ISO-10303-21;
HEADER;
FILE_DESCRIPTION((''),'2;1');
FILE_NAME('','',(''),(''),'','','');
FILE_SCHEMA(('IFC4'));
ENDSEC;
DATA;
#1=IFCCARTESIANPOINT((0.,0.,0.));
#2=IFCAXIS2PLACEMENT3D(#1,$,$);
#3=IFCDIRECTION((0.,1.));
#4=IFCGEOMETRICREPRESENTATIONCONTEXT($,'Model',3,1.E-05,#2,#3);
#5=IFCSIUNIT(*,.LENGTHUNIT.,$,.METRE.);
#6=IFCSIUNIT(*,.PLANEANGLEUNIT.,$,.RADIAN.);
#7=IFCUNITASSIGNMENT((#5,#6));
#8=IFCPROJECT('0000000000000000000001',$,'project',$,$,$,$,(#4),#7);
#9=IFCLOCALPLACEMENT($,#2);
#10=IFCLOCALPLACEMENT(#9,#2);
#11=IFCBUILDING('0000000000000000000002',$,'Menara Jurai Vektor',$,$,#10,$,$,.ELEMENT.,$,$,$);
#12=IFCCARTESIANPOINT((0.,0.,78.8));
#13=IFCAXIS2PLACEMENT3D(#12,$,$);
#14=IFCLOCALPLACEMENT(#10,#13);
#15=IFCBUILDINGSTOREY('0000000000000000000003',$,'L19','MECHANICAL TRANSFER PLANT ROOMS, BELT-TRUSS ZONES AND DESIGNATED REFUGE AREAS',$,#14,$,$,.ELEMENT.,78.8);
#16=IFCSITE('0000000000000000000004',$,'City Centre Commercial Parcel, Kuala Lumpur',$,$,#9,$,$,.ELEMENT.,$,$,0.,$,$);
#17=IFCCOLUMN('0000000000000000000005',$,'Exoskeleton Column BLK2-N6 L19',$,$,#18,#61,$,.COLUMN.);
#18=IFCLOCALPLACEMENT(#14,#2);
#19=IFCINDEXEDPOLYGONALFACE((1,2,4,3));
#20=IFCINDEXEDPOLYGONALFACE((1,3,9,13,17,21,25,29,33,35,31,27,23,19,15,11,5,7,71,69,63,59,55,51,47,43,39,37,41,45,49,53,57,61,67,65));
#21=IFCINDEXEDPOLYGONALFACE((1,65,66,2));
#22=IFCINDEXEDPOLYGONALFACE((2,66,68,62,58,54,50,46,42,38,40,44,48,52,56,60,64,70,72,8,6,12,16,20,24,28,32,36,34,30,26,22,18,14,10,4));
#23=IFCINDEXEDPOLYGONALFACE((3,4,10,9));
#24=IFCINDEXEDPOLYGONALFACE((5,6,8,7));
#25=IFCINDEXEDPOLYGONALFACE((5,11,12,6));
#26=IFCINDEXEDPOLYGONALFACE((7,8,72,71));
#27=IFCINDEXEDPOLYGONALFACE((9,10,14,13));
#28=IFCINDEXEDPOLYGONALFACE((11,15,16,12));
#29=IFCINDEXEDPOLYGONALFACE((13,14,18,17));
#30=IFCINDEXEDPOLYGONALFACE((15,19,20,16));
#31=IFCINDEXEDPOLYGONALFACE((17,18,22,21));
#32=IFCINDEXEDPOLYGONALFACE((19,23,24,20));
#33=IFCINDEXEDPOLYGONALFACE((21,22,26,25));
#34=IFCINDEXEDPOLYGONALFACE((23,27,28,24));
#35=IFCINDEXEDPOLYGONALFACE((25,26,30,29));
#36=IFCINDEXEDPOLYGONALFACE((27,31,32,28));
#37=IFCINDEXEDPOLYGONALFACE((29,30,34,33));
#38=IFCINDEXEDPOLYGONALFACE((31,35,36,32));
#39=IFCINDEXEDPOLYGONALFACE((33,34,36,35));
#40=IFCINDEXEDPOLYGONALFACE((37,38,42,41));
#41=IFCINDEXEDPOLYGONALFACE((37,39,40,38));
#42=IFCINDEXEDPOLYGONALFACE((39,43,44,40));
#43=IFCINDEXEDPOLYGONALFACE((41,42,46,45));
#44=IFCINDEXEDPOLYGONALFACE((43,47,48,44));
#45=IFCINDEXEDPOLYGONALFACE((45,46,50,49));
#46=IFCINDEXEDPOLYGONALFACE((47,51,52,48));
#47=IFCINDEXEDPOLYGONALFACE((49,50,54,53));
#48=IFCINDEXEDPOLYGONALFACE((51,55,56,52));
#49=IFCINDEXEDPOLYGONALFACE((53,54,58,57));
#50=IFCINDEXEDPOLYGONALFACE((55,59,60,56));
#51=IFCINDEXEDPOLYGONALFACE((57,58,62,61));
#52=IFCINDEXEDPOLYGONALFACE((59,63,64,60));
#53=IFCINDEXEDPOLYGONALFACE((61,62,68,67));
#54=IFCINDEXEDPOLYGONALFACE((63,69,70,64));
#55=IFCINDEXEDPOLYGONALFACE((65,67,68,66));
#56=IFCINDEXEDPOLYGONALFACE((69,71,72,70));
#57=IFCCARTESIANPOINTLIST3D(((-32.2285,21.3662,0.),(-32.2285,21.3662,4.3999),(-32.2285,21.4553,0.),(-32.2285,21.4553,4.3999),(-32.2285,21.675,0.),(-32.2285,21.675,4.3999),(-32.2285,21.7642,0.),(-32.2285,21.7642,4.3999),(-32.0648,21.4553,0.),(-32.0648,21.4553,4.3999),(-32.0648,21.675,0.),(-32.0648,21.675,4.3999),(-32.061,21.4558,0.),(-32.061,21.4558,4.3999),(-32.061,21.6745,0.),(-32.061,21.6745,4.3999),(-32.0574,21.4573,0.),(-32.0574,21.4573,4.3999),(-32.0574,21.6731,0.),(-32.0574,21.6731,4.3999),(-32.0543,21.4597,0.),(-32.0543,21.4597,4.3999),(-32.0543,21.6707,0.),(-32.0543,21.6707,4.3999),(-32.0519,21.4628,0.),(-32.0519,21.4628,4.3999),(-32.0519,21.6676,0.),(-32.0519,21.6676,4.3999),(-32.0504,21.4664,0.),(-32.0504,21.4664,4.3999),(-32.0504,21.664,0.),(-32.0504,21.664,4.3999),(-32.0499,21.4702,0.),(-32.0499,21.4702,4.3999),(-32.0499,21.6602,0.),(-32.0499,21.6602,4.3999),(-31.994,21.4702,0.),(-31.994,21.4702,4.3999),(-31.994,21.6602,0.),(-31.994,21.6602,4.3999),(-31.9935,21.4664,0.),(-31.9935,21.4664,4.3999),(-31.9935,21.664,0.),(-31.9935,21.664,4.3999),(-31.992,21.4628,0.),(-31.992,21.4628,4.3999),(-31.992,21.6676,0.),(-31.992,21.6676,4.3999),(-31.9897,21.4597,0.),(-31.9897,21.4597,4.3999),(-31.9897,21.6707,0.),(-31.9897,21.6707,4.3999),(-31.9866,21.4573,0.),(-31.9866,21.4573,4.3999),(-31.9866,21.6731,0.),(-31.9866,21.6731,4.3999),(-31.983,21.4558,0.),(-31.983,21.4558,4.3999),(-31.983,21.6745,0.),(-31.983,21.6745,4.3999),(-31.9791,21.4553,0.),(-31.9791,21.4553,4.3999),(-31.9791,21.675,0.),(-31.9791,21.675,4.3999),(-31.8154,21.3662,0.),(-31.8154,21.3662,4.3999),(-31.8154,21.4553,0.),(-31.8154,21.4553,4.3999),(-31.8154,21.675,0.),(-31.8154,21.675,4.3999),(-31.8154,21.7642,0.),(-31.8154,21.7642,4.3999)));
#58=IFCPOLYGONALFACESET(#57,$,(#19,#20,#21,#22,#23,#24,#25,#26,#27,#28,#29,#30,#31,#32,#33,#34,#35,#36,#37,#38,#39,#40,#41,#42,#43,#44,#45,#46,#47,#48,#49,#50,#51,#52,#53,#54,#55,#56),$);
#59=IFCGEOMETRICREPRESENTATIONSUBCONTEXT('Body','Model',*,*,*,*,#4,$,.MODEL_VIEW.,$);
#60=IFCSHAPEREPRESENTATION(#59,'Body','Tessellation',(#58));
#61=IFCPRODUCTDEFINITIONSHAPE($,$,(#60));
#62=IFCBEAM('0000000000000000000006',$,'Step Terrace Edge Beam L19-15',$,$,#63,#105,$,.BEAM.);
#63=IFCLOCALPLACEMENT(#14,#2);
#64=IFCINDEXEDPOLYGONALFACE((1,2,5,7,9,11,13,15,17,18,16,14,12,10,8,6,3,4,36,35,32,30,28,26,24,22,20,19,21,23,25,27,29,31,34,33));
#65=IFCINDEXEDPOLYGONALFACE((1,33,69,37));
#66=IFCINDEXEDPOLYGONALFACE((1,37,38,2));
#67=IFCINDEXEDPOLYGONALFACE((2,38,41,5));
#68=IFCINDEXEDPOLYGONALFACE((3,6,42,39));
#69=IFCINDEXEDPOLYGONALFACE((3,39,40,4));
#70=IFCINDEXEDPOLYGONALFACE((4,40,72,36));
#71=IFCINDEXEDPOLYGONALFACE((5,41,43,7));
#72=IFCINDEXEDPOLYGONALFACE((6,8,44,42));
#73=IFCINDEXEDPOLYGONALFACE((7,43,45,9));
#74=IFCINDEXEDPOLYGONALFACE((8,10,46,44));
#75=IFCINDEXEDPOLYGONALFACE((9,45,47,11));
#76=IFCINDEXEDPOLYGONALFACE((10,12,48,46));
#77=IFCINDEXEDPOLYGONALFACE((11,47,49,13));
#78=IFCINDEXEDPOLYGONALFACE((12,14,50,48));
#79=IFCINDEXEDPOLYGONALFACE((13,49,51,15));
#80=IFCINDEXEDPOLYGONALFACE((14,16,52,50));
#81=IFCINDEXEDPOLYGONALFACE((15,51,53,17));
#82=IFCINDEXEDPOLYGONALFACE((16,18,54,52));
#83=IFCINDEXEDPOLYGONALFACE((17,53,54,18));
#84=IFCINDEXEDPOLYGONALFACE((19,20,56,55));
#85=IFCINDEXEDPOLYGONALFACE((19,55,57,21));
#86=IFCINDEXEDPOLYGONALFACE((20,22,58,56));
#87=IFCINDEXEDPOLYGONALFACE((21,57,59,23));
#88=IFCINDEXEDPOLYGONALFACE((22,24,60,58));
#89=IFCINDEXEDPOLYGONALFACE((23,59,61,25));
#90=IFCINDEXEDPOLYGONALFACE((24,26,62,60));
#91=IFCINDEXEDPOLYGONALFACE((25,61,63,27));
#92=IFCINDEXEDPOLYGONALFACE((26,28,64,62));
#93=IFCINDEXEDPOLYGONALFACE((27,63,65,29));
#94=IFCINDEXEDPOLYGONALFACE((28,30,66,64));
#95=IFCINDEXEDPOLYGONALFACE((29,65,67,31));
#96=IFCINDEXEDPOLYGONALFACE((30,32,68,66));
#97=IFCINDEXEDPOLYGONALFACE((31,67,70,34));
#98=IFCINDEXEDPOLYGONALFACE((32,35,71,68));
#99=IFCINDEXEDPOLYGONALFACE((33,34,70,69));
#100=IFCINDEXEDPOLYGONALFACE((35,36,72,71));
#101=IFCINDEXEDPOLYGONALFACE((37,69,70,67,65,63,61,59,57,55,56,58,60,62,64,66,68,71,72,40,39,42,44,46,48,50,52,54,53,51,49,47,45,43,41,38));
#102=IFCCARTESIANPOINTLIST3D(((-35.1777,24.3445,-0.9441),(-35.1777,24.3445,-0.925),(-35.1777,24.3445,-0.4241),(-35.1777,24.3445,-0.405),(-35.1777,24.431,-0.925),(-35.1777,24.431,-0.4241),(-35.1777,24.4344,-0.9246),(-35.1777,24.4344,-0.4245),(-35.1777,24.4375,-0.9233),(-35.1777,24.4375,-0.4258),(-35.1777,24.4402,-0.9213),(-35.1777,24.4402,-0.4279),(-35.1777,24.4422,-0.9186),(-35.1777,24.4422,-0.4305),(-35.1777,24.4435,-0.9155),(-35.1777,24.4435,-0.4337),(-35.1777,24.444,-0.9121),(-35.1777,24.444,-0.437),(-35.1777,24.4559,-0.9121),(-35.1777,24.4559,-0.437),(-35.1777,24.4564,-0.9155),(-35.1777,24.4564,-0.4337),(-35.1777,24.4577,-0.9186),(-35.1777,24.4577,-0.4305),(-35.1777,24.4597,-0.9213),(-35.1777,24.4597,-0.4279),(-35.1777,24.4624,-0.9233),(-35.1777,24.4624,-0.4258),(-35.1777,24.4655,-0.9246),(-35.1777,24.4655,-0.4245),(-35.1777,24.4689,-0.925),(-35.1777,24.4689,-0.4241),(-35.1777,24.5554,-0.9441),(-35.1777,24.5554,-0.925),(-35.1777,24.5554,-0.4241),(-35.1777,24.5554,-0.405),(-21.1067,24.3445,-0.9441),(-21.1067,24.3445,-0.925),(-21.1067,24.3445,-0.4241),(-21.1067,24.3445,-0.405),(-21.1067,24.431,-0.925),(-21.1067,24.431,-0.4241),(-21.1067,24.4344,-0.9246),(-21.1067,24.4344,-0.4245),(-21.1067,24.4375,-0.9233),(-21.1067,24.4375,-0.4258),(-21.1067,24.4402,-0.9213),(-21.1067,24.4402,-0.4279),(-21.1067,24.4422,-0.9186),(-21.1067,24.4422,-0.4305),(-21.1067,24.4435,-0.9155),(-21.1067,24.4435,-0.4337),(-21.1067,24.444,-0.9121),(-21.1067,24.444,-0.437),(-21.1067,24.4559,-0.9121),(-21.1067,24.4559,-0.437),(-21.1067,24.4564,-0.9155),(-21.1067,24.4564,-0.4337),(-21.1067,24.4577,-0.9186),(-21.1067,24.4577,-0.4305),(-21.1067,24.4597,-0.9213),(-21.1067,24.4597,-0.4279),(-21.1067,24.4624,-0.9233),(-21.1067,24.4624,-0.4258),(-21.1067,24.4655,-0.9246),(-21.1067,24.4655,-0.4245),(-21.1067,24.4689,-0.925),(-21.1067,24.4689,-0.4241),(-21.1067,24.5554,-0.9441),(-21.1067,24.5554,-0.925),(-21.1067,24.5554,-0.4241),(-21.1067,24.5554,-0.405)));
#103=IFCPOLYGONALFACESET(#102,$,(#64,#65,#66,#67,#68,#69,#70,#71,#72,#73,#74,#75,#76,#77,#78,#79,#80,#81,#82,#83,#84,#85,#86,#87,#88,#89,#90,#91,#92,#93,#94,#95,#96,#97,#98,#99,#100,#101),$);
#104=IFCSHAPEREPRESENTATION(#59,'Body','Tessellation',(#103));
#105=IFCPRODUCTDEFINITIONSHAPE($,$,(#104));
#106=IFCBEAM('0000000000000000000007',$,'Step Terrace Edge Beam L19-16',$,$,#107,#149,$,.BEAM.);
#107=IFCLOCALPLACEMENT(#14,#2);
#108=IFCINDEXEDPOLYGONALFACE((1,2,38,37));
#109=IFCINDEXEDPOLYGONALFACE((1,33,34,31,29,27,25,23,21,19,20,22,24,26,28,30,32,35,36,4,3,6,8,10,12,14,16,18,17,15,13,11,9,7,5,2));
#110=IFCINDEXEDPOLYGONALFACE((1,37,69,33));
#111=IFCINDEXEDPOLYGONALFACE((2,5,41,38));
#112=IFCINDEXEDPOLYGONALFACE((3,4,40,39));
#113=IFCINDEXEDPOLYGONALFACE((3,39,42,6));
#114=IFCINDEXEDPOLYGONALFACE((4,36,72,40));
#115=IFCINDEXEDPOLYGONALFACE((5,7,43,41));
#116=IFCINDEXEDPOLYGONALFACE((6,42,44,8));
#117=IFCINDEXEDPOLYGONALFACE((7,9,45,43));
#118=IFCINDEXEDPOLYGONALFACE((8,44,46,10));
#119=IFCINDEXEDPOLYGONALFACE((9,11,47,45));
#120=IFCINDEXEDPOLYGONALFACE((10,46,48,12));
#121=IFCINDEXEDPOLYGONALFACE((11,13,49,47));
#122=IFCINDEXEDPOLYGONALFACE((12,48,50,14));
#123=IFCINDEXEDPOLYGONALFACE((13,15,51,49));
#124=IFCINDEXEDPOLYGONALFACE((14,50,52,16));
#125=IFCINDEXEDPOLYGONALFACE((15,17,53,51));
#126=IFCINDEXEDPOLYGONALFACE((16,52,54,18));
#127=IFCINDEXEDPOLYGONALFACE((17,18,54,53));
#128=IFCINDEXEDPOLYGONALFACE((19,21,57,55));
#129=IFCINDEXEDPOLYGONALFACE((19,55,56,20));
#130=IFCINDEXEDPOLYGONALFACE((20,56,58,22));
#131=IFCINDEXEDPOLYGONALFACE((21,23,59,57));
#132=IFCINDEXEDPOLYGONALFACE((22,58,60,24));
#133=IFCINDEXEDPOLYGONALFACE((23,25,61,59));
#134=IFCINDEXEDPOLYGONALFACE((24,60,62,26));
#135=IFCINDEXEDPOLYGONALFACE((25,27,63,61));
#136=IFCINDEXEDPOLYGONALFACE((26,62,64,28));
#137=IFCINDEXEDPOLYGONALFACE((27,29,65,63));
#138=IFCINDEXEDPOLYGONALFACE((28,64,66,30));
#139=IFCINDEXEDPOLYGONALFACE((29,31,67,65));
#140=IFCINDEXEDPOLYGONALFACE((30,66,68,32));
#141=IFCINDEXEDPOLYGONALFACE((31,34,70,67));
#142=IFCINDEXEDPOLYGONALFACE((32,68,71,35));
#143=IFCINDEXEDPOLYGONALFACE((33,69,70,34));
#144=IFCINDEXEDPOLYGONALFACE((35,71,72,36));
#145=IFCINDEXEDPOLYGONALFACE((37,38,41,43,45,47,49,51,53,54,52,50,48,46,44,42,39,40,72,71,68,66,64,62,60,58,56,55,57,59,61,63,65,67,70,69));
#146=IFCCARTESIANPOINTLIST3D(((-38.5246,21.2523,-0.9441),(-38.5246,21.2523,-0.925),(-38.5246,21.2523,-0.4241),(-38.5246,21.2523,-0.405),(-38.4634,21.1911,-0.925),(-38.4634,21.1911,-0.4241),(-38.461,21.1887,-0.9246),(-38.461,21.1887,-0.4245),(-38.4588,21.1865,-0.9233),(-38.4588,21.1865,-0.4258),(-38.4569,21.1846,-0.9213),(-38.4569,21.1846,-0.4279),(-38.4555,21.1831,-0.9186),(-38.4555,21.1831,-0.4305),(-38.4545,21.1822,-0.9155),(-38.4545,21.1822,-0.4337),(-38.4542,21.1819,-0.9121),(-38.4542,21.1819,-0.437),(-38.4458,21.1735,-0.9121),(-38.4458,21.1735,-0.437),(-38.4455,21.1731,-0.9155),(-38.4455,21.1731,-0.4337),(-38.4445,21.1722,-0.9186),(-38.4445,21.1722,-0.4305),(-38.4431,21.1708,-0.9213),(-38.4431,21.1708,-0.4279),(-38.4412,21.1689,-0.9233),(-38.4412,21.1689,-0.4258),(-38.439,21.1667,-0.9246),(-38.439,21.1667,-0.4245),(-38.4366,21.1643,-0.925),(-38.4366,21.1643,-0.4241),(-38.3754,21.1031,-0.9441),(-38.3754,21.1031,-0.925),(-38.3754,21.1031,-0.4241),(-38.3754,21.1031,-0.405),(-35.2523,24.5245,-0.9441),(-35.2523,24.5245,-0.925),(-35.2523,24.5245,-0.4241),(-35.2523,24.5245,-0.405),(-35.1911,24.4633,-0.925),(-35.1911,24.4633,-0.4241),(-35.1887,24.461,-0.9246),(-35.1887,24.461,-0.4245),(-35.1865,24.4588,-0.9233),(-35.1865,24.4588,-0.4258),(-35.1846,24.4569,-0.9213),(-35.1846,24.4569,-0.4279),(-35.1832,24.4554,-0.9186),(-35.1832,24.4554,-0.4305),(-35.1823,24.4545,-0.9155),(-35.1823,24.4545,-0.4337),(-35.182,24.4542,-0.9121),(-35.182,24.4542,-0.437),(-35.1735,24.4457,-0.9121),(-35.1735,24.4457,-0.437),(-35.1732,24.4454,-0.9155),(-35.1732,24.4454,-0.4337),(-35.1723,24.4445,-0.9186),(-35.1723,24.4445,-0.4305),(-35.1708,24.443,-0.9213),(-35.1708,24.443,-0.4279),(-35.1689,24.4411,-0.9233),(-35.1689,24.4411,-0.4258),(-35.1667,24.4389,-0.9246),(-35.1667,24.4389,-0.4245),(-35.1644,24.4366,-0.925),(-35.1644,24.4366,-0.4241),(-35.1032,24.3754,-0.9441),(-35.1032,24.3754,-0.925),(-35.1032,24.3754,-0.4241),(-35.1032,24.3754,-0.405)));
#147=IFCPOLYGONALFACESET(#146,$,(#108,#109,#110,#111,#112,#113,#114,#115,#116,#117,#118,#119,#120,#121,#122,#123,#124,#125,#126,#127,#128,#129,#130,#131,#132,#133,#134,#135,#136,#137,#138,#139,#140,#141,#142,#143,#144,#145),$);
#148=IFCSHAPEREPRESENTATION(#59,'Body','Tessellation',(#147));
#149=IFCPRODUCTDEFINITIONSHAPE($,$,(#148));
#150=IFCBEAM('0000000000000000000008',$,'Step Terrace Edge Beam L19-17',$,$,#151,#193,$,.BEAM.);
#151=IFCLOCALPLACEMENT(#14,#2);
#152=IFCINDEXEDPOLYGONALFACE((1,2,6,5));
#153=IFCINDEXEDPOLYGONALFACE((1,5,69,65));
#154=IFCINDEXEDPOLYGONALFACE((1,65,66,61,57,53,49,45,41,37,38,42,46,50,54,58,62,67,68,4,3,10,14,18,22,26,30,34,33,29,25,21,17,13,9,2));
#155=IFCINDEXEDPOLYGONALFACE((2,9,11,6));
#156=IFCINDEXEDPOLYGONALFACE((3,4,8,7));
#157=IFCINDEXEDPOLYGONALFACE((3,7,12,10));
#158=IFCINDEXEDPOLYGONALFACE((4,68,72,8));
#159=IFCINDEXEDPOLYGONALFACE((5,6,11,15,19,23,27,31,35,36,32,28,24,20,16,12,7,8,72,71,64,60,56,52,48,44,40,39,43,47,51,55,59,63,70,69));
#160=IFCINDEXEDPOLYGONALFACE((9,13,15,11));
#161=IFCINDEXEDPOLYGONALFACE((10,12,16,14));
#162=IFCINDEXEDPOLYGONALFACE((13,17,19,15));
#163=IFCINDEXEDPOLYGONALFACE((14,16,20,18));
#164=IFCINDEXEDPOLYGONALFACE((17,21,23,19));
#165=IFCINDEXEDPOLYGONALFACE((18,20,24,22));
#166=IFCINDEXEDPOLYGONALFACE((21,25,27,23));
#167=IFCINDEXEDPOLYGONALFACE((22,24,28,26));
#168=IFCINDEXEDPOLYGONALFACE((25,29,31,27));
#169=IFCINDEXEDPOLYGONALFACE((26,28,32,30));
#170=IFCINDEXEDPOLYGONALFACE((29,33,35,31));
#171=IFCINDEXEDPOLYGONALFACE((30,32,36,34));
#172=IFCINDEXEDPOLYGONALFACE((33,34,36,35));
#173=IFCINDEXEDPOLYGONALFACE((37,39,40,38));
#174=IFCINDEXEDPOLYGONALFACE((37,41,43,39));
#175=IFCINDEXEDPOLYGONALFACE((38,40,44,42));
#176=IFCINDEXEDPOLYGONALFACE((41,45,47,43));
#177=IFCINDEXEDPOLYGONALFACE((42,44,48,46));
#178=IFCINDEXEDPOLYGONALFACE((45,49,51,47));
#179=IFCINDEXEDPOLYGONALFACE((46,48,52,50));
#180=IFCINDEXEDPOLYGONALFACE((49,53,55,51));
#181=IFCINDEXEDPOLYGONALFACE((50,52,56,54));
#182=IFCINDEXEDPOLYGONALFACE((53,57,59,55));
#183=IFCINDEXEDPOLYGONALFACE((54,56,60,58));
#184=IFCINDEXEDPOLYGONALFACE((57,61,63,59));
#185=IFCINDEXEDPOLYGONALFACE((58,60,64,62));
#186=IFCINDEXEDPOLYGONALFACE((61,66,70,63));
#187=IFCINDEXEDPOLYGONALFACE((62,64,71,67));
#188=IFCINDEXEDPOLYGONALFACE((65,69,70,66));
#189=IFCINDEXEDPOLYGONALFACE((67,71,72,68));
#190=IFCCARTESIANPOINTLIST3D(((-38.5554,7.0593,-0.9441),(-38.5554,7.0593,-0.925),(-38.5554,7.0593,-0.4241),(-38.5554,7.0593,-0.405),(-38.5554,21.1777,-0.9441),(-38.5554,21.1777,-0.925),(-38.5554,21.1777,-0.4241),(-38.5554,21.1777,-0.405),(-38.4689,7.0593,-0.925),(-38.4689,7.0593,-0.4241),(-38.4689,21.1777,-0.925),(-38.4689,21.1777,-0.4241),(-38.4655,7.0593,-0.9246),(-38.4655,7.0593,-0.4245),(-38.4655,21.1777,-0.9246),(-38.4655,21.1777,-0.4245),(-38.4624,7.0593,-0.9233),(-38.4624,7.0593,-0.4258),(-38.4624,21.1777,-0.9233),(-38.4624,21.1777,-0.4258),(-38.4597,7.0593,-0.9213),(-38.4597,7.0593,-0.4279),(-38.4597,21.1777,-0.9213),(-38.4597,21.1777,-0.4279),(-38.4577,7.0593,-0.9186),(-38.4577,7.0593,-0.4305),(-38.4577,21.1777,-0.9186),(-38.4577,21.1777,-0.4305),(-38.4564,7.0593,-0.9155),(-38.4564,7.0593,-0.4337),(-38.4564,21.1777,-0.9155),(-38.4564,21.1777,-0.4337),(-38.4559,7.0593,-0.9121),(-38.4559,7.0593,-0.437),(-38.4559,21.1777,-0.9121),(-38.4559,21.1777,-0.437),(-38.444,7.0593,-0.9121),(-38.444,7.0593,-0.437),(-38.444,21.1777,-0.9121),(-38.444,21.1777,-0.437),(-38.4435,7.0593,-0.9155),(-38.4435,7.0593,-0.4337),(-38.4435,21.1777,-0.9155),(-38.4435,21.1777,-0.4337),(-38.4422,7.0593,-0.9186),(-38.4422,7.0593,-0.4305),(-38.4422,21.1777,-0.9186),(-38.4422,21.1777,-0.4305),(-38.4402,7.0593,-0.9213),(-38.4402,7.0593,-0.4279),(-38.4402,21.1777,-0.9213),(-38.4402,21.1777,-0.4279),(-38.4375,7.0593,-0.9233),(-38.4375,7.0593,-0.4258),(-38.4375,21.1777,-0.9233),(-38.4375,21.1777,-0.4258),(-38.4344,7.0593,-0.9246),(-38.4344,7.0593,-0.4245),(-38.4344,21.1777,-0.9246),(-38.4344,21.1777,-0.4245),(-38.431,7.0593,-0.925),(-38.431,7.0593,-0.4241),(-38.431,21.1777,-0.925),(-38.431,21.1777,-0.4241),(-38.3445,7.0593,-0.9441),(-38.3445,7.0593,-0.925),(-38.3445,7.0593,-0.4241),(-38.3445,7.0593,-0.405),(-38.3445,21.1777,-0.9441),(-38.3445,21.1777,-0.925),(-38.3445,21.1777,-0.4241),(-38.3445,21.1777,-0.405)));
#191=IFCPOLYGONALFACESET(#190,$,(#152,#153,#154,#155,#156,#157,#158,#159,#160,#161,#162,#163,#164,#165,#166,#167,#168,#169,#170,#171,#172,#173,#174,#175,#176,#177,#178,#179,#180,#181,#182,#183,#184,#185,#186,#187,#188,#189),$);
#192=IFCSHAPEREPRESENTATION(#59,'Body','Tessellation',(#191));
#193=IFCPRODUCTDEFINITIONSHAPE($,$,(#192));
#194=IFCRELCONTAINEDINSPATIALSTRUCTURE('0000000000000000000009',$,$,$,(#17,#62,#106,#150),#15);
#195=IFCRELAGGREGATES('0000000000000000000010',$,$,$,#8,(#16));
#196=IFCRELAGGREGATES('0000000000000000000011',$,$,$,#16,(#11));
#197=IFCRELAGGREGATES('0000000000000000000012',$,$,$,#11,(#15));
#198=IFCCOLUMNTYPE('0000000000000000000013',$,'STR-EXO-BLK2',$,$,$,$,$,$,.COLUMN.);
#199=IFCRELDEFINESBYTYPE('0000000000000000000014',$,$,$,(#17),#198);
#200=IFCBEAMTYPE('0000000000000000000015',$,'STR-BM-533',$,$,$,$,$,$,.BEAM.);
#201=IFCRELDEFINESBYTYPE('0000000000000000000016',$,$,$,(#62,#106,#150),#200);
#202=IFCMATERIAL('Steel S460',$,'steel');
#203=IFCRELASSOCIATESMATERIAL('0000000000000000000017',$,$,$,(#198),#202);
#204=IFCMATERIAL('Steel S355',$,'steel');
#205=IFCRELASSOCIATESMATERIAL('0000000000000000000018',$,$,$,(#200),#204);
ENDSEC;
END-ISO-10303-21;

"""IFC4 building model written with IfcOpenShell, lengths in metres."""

from ifc_helpers import new_model, si_unit, direction, frame, origin, origin_2d, place, context, subcontext, project, spatial, i_section, extrude, material, material_profile, profile_set, type_object, element, save


model = new_model("IFC4")

# Units and contexts
model_context = context("Model", 3, precision=1e-05, world=origin(), true_north=direction((0.0, 1.0)))
body_context = subcontext(model_context, "Body", "Model", "MODEL_VIEW")
ifc_project = project(units=[si_unit("LENGTHUNIT", "METRE"), si_unit("PLANEANGLEUNIT", "RADIAN")], contexts=[model_context])

# Site, building, storey
site_placement = place(None, origin())
site = spatial("IfcSite", under=ifc_project, at=site_placement, Name="City Centre Commercial Parcel, Kuala Lumpur", CompositionType="ELEMENT", RefElevation=0.0)
building_placement = place(site_placement, origin())
building = spatial("IfcBuilding", under=site, at=building_placement, Name="Menara Jurai Vektor", CompositionType="ELEMENT")
storey_placement = place(building_placement, frame((0.0, 0.0, 78.8)))
storey = spatial("IfcBuildingStorey", under=building, at=storey_placement, Name="L19", Description="MECHANICAL TRANSFER PLANT ROOMS, BELT-TRUSS ZONES AND DESIGNATED REFUGE AREAS", CompositionType="ELEMENT", Elevation=78.8)

# Column
ifc_material_1 = material(Name="Steel S460", Category="steel")
ifc_material_profile_1 = material_profile(ifc_material_1, i_section(OverallWidth=0.4131, OverallDepth=0.3979, WebThickness=0.0559, FlangeThickness=0.0891, FilletRadius=0.0149, at=origin_2d()), Name="HD 400x744")
ifc_profile_set_1 = profile_set([ifc_material_profile_1], Name="Steel S460")
column_type = type_object("IfcColumnType", Name="STR-EXO-BLK2", PredefinedType="COLUMN", material=ifc_profile_set_1)
column_placement = place(storey_placement, frame((-32.022, 21.5652, 0.0), z_axis=(0.0, 0.0, 1.0), x_axis=(1.0, 0.0, 0.0)))
element("IfcColumn", 1, at=column_placement, inside=storey, type_object=column_type, Name="Exoskeleton Column BLK2-N6 L19", PredefinedType="COLUMN", context=body_context, shape_type="SweptSolid", body=[
    extrude(i_section(OverallWidth=0.4131, OverallDepth=0.3979, WebThickness=0.0559, FlangeThickness=0.0891, FilletRadius=0.0149, at=origin_2d()), origin(), (0.0, 0.0, 1.0), 4.3999),
])

# Beams
ifc_material_2 = material(Name="Steel S355", Category="steel")
ifc_material_profile_2 = material_profile(ifc_material_2, i_section(OverallWidth=0.2109, OverallDepth=0.5391, WebThickness=0.012, FlangeThickness=0.019, FilletRadius=0.0129, at=origin_2d()), Name="UKB 533x210x109")
ifc_profile_set_2 = profile_set([ifc_material_profile_2], Name="Steel S355")
beam_type_1 = type_object("IfcBeamType", Name="STR-BM-533", PredefinedType="BEAM", material=ifc_profile_set_2)
beam_1_placement = place(storey_placement, frame((-21.1067, 24.45, -0.6746), z_axis=(-1.0, 0.0, 0.0), x_axis=(0.0, -1.0, 0.0)))
element("IfcBeam", 2, at=beam_1_placement, inside=storey, type_object=beam_type_1, Name="Step Terrace Edge Beam L19-15", PredefinedType="BEAM", context=body_context, shape_type="SweptSolid", body=[
    extrude(i_section(OverallWidth=0.2109, OverallDepth=0.5391, WebThickness=0.012, FlangeThickness=0.019, FilletRadius=0.0129, at=origin_2d()), origin(), (0.0, 0.0, 1.0), 14.071),
])
beam_2_placement = place(storey_placement, frame((-35.1777, 24.45, -0.6746), z_axis=(-0.707107, -0.707107, 0.0), x_axis=(0.707107, -0.707107, 0.0)))
element("IfcBeam", 3, at=beam_2_placement, inside=storey, type_object=beam_type_1, Name="Step Terrace Edge Beam L19-16", PredefinedType="BEAM", context=body_context, shape_type="SweptSolid", body=[
    extrude(i_section(OverallWidth=0.2109, OverallDepth=0.5391, WebThickness=0.012, FlangeThickness=0.019, FilletRadius=0.0129, at=origin_2d()), origin(), (0.0, 0.0, 1.0), 4.6277),
])
beam_3_placement = place(storey_placement, frame((-38.45, 21.1777, -0.6746), z_axis=(0.0, -1.0, 0.0), x_axis=(1.0, 0.0, 0.0)))
element("IfcBeam", 4, at=beam_3_placement, inside=storey, type_object=beam_type_1, Name="Step Terrace Edge Beam L19-17", PredefinedType="BEAM", context=body_context, shape_type="SweptSolid", body=[
    extrude(i_section(OverallWidth=0.2109, OverallDepth=0.5391, WebThickness=0.012, FlangeThickness=0.019, FilletRadius=0.0129, at=origin_2d()), origin(), (0.0, 0.0, 1.0), 14.1184),
])

save(model, "model.ifc")
